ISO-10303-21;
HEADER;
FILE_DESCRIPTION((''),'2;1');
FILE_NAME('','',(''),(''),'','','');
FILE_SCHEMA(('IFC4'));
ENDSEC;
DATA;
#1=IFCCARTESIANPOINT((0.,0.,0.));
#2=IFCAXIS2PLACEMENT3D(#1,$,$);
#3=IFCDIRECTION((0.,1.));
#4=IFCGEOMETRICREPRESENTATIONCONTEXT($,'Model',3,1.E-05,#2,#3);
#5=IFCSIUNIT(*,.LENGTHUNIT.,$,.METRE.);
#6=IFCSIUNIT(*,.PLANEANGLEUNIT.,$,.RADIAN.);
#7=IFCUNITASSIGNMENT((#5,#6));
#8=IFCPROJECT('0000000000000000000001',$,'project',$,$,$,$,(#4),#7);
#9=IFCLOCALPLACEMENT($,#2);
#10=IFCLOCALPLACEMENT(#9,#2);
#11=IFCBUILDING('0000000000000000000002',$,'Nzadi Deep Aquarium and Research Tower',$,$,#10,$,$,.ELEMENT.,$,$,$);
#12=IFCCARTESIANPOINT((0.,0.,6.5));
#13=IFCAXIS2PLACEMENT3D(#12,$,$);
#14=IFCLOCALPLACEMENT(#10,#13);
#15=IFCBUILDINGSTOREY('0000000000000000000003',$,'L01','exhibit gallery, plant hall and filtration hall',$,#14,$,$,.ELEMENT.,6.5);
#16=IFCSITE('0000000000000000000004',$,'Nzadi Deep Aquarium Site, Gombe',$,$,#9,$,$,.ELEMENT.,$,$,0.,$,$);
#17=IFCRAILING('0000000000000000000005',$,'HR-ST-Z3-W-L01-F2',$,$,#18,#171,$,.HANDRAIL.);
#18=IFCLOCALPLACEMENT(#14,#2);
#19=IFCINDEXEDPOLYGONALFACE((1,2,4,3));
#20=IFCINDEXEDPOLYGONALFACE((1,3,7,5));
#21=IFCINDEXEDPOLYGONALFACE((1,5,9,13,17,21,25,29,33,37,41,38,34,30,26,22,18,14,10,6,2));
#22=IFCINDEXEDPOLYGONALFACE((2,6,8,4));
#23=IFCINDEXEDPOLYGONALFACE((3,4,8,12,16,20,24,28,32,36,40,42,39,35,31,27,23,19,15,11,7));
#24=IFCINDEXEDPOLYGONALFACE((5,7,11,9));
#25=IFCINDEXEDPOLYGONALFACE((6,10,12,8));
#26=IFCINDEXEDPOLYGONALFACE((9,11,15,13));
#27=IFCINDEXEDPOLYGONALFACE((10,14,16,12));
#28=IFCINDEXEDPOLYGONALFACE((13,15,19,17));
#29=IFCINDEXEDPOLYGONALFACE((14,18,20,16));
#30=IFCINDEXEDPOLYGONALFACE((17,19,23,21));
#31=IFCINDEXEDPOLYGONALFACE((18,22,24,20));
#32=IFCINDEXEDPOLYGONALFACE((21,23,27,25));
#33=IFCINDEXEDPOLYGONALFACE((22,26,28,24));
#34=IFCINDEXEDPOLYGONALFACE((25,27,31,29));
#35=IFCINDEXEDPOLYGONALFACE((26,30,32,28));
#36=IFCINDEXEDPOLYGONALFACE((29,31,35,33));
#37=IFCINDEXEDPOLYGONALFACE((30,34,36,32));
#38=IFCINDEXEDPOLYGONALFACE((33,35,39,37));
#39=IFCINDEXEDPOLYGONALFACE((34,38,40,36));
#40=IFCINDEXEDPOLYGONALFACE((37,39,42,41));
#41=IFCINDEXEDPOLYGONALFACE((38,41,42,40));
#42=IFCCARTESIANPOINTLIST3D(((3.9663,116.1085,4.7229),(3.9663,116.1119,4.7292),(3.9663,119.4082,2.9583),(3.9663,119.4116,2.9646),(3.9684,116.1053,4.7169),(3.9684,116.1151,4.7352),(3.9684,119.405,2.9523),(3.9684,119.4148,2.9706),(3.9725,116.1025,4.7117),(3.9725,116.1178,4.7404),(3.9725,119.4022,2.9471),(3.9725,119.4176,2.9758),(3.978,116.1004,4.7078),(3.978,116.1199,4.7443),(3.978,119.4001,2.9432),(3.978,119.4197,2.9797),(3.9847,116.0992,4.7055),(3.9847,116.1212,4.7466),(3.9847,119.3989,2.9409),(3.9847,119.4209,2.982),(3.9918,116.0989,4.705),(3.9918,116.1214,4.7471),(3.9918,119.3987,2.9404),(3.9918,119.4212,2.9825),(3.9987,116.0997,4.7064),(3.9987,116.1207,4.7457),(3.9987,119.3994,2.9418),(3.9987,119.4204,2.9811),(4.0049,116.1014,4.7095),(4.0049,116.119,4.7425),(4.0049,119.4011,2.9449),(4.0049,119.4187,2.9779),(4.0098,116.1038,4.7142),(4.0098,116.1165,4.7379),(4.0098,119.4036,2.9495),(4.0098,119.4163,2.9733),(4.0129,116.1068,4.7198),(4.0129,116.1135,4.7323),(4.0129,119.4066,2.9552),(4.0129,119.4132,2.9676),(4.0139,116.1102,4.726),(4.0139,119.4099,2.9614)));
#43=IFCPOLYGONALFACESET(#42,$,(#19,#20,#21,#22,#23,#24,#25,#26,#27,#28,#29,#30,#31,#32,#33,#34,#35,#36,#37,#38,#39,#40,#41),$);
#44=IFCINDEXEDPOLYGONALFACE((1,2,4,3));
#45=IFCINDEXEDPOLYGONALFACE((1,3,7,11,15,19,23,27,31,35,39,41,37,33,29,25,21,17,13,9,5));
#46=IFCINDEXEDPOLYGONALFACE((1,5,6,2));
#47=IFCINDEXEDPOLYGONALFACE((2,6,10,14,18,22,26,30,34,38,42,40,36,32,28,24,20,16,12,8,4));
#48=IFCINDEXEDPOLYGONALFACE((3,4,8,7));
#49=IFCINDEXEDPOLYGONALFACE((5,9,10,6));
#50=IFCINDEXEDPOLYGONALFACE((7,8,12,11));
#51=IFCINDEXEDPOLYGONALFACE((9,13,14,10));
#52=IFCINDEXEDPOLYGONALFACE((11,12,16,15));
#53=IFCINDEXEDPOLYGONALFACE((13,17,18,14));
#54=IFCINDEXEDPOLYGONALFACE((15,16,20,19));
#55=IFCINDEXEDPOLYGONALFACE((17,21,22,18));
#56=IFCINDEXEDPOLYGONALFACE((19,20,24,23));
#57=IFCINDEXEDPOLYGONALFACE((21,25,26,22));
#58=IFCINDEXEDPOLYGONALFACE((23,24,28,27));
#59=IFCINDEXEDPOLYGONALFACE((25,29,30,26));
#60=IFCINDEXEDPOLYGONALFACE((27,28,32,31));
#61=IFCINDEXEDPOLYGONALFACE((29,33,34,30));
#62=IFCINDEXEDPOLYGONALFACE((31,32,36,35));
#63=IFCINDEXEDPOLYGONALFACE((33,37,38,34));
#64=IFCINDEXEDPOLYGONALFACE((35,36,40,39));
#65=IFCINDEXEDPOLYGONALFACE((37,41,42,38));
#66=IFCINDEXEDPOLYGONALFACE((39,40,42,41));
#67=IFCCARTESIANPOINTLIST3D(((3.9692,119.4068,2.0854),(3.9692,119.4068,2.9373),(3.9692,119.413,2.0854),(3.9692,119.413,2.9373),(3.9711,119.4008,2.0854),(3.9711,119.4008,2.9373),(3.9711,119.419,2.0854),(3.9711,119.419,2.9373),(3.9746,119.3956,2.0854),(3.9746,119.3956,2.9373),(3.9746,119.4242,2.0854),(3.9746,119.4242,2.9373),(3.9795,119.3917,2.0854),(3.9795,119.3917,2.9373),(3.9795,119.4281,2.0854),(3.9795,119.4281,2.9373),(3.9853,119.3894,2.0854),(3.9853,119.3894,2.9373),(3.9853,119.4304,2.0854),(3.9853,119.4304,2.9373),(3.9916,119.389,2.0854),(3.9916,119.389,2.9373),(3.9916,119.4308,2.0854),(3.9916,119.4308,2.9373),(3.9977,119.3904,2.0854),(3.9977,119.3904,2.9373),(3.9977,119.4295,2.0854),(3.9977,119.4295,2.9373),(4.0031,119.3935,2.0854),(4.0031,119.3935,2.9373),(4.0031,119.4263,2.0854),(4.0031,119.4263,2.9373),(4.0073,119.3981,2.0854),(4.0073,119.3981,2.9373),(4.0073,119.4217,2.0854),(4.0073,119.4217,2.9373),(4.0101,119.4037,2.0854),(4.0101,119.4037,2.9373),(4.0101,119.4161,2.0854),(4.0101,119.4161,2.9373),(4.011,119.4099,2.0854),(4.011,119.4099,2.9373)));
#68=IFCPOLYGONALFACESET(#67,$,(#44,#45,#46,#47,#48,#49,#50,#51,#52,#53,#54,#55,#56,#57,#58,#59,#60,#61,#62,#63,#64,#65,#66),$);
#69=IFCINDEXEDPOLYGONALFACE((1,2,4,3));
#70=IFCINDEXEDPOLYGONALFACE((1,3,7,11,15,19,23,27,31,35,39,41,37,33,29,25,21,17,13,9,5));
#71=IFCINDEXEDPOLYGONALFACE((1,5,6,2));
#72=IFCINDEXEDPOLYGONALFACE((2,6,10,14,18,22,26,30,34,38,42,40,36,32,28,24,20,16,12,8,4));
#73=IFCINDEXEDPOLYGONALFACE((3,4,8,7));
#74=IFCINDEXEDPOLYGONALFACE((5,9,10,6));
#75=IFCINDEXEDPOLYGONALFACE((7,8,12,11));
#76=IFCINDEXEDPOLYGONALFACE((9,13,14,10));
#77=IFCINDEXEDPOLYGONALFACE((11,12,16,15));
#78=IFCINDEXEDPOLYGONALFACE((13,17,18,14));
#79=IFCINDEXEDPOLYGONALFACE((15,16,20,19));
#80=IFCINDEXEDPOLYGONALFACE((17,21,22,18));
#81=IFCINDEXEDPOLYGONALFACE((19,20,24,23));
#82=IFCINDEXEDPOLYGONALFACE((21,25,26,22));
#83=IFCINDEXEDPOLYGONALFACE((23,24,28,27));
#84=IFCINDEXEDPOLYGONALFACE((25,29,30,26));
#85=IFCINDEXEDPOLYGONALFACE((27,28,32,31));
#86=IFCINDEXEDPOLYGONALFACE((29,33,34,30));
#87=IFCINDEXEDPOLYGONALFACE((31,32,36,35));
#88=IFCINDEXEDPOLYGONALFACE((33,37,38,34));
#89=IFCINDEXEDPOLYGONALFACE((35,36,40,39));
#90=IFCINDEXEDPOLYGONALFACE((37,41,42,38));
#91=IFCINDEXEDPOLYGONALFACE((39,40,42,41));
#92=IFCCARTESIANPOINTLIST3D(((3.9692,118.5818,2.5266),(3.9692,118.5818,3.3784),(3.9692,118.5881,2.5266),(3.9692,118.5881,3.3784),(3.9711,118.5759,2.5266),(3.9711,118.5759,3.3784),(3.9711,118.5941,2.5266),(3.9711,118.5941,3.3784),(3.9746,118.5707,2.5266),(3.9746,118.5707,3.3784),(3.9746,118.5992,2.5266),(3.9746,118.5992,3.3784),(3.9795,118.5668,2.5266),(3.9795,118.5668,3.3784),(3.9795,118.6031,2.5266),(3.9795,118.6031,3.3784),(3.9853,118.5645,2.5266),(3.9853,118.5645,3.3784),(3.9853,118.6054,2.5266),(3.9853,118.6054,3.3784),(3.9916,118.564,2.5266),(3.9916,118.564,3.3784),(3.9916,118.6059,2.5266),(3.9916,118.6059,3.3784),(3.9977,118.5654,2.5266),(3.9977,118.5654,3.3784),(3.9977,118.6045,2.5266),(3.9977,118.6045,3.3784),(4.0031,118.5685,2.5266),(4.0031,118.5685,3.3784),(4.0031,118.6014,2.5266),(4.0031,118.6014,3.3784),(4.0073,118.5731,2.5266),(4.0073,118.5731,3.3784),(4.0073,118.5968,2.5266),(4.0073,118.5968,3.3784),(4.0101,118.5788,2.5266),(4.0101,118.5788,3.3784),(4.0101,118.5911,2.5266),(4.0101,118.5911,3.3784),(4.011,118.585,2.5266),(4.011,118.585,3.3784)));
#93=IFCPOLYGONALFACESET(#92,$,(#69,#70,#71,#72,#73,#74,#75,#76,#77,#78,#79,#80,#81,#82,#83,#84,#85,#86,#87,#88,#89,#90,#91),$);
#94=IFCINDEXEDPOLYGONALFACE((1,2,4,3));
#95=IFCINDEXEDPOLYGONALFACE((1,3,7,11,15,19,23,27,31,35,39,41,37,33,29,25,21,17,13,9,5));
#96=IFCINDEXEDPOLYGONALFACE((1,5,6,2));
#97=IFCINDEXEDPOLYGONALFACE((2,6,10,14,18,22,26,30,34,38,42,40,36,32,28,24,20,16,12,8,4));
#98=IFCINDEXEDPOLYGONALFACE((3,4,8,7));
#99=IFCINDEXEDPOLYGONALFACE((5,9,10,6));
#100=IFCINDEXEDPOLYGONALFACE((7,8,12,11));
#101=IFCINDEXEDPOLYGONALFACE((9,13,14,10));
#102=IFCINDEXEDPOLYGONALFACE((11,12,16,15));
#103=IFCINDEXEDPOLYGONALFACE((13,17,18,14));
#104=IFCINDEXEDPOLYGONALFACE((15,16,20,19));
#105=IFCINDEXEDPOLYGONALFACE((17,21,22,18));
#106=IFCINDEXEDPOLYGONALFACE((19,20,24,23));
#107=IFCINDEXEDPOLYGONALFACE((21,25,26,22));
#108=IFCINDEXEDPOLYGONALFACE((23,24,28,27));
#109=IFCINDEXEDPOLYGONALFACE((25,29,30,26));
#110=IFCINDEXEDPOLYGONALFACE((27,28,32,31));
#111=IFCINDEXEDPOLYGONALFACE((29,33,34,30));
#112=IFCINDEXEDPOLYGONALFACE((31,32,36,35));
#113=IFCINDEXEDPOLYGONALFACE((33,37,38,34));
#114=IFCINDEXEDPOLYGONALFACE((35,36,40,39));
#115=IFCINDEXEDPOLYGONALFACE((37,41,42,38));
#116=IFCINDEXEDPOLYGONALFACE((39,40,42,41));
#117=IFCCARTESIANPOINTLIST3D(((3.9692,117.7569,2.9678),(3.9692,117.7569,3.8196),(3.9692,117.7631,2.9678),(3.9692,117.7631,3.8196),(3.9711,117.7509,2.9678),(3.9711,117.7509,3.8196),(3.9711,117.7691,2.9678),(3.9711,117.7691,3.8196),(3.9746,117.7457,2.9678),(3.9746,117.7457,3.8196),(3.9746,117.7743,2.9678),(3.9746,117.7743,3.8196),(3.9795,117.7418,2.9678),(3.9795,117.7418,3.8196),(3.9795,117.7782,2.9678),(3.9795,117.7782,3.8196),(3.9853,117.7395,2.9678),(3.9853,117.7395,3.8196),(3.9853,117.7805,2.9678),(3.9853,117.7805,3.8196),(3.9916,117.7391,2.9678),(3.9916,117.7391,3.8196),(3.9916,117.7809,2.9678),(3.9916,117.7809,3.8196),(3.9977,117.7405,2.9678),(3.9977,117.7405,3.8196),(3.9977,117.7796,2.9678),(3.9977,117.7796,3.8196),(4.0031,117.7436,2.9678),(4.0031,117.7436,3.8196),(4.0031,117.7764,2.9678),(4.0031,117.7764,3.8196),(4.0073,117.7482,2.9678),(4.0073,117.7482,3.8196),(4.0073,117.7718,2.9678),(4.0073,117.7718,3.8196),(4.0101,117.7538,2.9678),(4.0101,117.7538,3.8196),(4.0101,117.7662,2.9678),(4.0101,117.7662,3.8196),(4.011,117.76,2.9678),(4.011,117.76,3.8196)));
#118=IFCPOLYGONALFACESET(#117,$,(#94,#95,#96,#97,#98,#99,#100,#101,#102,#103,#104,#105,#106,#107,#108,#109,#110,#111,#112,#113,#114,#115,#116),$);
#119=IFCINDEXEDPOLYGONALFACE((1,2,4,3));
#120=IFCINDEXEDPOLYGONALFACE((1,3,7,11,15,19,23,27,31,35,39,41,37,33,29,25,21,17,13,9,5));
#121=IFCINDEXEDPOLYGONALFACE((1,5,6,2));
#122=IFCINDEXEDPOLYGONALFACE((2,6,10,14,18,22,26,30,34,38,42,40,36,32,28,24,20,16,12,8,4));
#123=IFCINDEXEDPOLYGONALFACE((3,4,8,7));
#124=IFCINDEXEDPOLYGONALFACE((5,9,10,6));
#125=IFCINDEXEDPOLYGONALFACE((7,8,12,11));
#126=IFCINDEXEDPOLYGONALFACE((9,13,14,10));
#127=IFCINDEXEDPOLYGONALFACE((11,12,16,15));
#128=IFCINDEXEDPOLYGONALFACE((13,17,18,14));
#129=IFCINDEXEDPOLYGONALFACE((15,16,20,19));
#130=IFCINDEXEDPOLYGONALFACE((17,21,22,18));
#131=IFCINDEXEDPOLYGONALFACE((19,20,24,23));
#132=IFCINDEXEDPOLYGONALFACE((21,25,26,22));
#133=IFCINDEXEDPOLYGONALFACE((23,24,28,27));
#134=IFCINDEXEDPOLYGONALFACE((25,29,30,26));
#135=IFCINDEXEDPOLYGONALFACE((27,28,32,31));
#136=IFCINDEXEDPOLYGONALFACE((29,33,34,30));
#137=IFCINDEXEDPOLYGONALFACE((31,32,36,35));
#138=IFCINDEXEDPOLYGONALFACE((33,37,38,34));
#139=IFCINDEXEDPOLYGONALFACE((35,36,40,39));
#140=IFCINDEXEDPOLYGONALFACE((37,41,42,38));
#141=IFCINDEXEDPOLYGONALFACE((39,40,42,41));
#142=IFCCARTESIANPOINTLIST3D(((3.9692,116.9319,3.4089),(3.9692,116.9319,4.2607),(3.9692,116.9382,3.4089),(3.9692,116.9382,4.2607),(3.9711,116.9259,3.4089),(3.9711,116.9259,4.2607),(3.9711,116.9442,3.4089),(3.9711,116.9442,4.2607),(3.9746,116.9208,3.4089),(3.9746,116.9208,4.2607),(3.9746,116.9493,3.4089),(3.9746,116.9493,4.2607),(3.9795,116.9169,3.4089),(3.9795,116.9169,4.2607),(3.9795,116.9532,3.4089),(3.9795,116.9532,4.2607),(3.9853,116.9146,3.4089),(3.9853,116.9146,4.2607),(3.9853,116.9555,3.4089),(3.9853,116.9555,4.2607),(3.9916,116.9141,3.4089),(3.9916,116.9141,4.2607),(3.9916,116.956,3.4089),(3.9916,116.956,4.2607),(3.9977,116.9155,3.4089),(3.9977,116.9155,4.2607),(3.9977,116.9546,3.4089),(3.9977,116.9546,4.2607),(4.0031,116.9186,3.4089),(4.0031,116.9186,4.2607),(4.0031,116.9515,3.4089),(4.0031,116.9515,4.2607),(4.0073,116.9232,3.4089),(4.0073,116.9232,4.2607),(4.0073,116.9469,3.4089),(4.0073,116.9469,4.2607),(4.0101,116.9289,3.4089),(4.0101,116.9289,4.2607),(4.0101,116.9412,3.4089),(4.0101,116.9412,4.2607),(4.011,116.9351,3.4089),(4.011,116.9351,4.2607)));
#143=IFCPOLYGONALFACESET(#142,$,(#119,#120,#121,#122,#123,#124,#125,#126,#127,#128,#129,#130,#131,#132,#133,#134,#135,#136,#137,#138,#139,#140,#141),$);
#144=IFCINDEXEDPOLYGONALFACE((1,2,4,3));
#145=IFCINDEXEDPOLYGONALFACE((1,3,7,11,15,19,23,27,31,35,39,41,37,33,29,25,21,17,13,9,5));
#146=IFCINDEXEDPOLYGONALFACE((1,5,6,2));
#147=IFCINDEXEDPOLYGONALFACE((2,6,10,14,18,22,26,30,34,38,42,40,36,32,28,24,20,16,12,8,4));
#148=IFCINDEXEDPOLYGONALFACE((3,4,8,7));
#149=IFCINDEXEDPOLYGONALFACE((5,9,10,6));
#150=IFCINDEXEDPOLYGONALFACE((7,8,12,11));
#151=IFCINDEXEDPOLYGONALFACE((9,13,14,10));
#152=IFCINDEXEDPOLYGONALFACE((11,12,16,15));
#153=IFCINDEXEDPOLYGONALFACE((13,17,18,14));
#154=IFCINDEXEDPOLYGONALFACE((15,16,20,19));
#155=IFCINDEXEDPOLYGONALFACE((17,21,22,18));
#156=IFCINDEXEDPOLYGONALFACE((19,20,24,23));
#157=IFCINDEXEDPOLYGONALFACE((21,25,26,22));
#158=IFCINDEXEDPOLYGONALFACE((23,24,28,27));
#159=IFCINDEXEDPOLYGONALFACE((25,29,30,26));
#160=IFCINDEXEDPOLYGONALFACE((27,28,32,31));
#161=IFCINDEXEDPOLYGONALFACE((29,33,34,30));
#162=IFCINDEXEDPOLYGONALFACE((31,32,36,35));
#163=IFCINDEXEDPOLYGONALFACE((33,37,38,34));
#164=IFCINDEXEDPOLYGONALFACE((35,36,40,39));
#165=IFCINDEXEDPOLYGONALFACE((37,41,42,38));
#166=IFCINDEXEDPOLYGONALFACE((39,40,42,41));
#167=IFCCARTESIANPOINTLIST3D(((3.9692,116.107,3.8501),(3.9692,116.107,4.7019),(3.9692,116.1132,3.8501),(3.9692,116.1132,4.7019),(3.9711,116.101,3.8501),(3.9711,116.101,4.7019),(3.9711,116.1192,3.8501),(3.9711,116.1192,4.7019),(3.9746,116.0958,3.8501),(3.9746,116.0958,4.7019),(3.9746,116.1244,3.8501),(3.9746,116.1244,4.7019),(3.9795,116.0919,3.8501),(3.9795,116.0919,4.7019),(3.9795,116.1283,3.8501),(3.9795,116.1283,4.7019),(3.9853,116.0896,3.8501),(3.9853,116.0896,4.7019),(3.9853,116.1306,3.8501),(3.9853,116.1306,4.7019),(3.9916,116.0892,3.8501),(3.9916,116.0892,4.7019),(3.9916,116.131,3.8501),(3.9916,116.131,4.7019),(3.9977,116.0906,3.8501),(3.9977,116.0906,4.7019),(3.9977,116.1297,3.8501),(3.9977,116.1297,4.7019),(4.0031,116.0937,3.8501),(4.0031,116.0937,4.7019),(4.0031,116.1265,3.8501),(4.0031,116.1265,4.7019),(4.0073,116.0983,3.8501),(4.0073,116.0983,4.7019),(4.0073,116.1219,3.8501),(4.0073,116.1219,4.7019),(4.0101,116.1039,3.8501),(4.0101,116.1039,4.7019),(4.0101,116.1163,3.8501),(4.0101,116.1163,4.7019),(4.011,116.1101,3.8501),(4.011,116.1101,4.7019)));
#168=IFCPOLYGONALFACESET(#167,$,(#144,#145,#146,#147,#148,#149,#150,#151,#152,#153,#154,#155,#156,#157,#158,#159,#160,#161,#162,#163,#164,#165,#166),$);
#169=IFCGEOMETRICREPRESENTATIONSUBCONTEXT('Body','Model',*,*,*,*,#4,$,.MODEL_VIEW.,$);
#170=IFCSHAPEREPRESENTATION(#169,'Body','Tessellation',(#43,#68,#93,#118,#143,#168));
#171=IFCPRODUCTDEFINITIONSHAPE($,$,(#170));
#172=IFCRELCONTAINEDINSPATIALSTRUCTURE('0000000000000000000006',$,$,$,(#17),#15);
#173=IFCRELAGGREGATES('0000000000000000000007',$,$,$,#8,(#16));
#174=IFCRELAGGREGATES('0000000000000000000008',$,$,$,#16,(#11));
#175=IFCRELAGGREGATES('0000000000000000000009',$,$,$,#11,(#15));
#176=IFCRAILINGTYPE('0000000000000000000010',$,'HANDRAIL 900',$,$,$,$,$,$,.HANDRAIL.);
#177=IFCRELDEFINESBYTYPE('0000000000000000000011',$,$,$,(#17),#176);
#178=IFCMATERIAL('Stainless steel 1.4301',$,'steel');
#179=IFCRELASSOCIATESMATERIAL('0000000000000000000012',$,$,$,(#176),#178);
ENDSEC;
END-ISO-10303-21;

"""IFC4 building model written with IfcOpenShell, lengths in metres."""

from ifc_helpers import new_model, si_unit, direction, frame, origin, origin_2d, place, context, subcontext, project, spatial, circle, extrude, material, type_object, element, save


model = new_model("IFC4")

# Units and contexts
model_context = context("Model", 3, precision=1e-05, world=origin(), true_north=direction((0.0, 1.0)))
body_context = subcontext(model_context, "Body", "Model", "MODEL_VIEW")
ifc_project = project(units=[si_unit("LENGTHUNIT", "METRE"), si_unit("PLANEANGLEUNIT", "RADIAN")], contexts=[model_context])

# Site, building, storey
site_placement = place(None, origin())
site = spatial("IfcSite", under=ifc_project, at=site_placement, Name="Nzadi Deep Aquarium Site, Gombe", CompositionType="ELEMENT", RefElevation=0.0)
building_placement = place(site_placement, origin())
building = spatial("IfcBuilding", under=site, at=building_placement, Name="Nzadi Deep Aquarium and Research Tower", CompositionType="ELEMENT")
storey_placement = place(building_placement, frame((0.0, 0.0, 6.5)))
storey = spatial("IfcBuildingStorey", under=building, at=storey_placement, Name="L01", Description="exhibit gallery, plant hall and filtration hall", CompositionType="ELEMENT", Elevation=6.5)

# Railing
ifc_material_1 = material(Name="Stainless steel 1.4301", Category="steel")
railing_type = type_object("IfcRailingType", Name="HANDRAIL 900", PredefinedType="HANDRAIL", material=ifc_material_1)
for number, where, name in (
    (1, (3.99, 119.4099, 2.0854), "HR-ST-Z3-W-L01-F2"),
):
    element("IfcRailing", number, at=place(storey_placement, frame(where)), inside=storey, type_object=railing_type, Name=name, PredefinedType="HANDRAIL", context=body_context, shape_type="SweptSolid", body=[
        extrude(circle(Radius=0.0239, at=origin_2d()), frame((0.0, 0.0, 0.876), z_axis=(0.0, -0.881825, 0.471577), x_axis=(1.0, 0.0, 0.0)), (0.0, 0.0, 1.0), 3.7419),
        extrude(circle(Radius=0.021, at=origin_2d()), origin(), (0.0, 0.0, 1.0), 0.8518),
        extrude(circle(Radius=0.021, at=origin_2d()), frame((0.0, -0.825, 0.4412)), (0.0, 0.0, 1.0), 0.8518),
        extrude(circle(Radius=0.021, at=origin_2d()), frame((0.0, -1.6499, 0.8823)), (0.0, 0.0, 1.0), 0.8518),
        extrude(circle(Radius=0.021, at=origin_2d()), frame((0.0, -2.4749, 1.3235)), (0.0, 0.0, 1.0), 0.8518),
        extrude(circle(Radius=0.021, at=origin_2d()), frame((0.0, -3.2998, 1.7646)), (0.0, 0.0, 1.0), 0.8518),
    ])

save(model, "model.ifc")
